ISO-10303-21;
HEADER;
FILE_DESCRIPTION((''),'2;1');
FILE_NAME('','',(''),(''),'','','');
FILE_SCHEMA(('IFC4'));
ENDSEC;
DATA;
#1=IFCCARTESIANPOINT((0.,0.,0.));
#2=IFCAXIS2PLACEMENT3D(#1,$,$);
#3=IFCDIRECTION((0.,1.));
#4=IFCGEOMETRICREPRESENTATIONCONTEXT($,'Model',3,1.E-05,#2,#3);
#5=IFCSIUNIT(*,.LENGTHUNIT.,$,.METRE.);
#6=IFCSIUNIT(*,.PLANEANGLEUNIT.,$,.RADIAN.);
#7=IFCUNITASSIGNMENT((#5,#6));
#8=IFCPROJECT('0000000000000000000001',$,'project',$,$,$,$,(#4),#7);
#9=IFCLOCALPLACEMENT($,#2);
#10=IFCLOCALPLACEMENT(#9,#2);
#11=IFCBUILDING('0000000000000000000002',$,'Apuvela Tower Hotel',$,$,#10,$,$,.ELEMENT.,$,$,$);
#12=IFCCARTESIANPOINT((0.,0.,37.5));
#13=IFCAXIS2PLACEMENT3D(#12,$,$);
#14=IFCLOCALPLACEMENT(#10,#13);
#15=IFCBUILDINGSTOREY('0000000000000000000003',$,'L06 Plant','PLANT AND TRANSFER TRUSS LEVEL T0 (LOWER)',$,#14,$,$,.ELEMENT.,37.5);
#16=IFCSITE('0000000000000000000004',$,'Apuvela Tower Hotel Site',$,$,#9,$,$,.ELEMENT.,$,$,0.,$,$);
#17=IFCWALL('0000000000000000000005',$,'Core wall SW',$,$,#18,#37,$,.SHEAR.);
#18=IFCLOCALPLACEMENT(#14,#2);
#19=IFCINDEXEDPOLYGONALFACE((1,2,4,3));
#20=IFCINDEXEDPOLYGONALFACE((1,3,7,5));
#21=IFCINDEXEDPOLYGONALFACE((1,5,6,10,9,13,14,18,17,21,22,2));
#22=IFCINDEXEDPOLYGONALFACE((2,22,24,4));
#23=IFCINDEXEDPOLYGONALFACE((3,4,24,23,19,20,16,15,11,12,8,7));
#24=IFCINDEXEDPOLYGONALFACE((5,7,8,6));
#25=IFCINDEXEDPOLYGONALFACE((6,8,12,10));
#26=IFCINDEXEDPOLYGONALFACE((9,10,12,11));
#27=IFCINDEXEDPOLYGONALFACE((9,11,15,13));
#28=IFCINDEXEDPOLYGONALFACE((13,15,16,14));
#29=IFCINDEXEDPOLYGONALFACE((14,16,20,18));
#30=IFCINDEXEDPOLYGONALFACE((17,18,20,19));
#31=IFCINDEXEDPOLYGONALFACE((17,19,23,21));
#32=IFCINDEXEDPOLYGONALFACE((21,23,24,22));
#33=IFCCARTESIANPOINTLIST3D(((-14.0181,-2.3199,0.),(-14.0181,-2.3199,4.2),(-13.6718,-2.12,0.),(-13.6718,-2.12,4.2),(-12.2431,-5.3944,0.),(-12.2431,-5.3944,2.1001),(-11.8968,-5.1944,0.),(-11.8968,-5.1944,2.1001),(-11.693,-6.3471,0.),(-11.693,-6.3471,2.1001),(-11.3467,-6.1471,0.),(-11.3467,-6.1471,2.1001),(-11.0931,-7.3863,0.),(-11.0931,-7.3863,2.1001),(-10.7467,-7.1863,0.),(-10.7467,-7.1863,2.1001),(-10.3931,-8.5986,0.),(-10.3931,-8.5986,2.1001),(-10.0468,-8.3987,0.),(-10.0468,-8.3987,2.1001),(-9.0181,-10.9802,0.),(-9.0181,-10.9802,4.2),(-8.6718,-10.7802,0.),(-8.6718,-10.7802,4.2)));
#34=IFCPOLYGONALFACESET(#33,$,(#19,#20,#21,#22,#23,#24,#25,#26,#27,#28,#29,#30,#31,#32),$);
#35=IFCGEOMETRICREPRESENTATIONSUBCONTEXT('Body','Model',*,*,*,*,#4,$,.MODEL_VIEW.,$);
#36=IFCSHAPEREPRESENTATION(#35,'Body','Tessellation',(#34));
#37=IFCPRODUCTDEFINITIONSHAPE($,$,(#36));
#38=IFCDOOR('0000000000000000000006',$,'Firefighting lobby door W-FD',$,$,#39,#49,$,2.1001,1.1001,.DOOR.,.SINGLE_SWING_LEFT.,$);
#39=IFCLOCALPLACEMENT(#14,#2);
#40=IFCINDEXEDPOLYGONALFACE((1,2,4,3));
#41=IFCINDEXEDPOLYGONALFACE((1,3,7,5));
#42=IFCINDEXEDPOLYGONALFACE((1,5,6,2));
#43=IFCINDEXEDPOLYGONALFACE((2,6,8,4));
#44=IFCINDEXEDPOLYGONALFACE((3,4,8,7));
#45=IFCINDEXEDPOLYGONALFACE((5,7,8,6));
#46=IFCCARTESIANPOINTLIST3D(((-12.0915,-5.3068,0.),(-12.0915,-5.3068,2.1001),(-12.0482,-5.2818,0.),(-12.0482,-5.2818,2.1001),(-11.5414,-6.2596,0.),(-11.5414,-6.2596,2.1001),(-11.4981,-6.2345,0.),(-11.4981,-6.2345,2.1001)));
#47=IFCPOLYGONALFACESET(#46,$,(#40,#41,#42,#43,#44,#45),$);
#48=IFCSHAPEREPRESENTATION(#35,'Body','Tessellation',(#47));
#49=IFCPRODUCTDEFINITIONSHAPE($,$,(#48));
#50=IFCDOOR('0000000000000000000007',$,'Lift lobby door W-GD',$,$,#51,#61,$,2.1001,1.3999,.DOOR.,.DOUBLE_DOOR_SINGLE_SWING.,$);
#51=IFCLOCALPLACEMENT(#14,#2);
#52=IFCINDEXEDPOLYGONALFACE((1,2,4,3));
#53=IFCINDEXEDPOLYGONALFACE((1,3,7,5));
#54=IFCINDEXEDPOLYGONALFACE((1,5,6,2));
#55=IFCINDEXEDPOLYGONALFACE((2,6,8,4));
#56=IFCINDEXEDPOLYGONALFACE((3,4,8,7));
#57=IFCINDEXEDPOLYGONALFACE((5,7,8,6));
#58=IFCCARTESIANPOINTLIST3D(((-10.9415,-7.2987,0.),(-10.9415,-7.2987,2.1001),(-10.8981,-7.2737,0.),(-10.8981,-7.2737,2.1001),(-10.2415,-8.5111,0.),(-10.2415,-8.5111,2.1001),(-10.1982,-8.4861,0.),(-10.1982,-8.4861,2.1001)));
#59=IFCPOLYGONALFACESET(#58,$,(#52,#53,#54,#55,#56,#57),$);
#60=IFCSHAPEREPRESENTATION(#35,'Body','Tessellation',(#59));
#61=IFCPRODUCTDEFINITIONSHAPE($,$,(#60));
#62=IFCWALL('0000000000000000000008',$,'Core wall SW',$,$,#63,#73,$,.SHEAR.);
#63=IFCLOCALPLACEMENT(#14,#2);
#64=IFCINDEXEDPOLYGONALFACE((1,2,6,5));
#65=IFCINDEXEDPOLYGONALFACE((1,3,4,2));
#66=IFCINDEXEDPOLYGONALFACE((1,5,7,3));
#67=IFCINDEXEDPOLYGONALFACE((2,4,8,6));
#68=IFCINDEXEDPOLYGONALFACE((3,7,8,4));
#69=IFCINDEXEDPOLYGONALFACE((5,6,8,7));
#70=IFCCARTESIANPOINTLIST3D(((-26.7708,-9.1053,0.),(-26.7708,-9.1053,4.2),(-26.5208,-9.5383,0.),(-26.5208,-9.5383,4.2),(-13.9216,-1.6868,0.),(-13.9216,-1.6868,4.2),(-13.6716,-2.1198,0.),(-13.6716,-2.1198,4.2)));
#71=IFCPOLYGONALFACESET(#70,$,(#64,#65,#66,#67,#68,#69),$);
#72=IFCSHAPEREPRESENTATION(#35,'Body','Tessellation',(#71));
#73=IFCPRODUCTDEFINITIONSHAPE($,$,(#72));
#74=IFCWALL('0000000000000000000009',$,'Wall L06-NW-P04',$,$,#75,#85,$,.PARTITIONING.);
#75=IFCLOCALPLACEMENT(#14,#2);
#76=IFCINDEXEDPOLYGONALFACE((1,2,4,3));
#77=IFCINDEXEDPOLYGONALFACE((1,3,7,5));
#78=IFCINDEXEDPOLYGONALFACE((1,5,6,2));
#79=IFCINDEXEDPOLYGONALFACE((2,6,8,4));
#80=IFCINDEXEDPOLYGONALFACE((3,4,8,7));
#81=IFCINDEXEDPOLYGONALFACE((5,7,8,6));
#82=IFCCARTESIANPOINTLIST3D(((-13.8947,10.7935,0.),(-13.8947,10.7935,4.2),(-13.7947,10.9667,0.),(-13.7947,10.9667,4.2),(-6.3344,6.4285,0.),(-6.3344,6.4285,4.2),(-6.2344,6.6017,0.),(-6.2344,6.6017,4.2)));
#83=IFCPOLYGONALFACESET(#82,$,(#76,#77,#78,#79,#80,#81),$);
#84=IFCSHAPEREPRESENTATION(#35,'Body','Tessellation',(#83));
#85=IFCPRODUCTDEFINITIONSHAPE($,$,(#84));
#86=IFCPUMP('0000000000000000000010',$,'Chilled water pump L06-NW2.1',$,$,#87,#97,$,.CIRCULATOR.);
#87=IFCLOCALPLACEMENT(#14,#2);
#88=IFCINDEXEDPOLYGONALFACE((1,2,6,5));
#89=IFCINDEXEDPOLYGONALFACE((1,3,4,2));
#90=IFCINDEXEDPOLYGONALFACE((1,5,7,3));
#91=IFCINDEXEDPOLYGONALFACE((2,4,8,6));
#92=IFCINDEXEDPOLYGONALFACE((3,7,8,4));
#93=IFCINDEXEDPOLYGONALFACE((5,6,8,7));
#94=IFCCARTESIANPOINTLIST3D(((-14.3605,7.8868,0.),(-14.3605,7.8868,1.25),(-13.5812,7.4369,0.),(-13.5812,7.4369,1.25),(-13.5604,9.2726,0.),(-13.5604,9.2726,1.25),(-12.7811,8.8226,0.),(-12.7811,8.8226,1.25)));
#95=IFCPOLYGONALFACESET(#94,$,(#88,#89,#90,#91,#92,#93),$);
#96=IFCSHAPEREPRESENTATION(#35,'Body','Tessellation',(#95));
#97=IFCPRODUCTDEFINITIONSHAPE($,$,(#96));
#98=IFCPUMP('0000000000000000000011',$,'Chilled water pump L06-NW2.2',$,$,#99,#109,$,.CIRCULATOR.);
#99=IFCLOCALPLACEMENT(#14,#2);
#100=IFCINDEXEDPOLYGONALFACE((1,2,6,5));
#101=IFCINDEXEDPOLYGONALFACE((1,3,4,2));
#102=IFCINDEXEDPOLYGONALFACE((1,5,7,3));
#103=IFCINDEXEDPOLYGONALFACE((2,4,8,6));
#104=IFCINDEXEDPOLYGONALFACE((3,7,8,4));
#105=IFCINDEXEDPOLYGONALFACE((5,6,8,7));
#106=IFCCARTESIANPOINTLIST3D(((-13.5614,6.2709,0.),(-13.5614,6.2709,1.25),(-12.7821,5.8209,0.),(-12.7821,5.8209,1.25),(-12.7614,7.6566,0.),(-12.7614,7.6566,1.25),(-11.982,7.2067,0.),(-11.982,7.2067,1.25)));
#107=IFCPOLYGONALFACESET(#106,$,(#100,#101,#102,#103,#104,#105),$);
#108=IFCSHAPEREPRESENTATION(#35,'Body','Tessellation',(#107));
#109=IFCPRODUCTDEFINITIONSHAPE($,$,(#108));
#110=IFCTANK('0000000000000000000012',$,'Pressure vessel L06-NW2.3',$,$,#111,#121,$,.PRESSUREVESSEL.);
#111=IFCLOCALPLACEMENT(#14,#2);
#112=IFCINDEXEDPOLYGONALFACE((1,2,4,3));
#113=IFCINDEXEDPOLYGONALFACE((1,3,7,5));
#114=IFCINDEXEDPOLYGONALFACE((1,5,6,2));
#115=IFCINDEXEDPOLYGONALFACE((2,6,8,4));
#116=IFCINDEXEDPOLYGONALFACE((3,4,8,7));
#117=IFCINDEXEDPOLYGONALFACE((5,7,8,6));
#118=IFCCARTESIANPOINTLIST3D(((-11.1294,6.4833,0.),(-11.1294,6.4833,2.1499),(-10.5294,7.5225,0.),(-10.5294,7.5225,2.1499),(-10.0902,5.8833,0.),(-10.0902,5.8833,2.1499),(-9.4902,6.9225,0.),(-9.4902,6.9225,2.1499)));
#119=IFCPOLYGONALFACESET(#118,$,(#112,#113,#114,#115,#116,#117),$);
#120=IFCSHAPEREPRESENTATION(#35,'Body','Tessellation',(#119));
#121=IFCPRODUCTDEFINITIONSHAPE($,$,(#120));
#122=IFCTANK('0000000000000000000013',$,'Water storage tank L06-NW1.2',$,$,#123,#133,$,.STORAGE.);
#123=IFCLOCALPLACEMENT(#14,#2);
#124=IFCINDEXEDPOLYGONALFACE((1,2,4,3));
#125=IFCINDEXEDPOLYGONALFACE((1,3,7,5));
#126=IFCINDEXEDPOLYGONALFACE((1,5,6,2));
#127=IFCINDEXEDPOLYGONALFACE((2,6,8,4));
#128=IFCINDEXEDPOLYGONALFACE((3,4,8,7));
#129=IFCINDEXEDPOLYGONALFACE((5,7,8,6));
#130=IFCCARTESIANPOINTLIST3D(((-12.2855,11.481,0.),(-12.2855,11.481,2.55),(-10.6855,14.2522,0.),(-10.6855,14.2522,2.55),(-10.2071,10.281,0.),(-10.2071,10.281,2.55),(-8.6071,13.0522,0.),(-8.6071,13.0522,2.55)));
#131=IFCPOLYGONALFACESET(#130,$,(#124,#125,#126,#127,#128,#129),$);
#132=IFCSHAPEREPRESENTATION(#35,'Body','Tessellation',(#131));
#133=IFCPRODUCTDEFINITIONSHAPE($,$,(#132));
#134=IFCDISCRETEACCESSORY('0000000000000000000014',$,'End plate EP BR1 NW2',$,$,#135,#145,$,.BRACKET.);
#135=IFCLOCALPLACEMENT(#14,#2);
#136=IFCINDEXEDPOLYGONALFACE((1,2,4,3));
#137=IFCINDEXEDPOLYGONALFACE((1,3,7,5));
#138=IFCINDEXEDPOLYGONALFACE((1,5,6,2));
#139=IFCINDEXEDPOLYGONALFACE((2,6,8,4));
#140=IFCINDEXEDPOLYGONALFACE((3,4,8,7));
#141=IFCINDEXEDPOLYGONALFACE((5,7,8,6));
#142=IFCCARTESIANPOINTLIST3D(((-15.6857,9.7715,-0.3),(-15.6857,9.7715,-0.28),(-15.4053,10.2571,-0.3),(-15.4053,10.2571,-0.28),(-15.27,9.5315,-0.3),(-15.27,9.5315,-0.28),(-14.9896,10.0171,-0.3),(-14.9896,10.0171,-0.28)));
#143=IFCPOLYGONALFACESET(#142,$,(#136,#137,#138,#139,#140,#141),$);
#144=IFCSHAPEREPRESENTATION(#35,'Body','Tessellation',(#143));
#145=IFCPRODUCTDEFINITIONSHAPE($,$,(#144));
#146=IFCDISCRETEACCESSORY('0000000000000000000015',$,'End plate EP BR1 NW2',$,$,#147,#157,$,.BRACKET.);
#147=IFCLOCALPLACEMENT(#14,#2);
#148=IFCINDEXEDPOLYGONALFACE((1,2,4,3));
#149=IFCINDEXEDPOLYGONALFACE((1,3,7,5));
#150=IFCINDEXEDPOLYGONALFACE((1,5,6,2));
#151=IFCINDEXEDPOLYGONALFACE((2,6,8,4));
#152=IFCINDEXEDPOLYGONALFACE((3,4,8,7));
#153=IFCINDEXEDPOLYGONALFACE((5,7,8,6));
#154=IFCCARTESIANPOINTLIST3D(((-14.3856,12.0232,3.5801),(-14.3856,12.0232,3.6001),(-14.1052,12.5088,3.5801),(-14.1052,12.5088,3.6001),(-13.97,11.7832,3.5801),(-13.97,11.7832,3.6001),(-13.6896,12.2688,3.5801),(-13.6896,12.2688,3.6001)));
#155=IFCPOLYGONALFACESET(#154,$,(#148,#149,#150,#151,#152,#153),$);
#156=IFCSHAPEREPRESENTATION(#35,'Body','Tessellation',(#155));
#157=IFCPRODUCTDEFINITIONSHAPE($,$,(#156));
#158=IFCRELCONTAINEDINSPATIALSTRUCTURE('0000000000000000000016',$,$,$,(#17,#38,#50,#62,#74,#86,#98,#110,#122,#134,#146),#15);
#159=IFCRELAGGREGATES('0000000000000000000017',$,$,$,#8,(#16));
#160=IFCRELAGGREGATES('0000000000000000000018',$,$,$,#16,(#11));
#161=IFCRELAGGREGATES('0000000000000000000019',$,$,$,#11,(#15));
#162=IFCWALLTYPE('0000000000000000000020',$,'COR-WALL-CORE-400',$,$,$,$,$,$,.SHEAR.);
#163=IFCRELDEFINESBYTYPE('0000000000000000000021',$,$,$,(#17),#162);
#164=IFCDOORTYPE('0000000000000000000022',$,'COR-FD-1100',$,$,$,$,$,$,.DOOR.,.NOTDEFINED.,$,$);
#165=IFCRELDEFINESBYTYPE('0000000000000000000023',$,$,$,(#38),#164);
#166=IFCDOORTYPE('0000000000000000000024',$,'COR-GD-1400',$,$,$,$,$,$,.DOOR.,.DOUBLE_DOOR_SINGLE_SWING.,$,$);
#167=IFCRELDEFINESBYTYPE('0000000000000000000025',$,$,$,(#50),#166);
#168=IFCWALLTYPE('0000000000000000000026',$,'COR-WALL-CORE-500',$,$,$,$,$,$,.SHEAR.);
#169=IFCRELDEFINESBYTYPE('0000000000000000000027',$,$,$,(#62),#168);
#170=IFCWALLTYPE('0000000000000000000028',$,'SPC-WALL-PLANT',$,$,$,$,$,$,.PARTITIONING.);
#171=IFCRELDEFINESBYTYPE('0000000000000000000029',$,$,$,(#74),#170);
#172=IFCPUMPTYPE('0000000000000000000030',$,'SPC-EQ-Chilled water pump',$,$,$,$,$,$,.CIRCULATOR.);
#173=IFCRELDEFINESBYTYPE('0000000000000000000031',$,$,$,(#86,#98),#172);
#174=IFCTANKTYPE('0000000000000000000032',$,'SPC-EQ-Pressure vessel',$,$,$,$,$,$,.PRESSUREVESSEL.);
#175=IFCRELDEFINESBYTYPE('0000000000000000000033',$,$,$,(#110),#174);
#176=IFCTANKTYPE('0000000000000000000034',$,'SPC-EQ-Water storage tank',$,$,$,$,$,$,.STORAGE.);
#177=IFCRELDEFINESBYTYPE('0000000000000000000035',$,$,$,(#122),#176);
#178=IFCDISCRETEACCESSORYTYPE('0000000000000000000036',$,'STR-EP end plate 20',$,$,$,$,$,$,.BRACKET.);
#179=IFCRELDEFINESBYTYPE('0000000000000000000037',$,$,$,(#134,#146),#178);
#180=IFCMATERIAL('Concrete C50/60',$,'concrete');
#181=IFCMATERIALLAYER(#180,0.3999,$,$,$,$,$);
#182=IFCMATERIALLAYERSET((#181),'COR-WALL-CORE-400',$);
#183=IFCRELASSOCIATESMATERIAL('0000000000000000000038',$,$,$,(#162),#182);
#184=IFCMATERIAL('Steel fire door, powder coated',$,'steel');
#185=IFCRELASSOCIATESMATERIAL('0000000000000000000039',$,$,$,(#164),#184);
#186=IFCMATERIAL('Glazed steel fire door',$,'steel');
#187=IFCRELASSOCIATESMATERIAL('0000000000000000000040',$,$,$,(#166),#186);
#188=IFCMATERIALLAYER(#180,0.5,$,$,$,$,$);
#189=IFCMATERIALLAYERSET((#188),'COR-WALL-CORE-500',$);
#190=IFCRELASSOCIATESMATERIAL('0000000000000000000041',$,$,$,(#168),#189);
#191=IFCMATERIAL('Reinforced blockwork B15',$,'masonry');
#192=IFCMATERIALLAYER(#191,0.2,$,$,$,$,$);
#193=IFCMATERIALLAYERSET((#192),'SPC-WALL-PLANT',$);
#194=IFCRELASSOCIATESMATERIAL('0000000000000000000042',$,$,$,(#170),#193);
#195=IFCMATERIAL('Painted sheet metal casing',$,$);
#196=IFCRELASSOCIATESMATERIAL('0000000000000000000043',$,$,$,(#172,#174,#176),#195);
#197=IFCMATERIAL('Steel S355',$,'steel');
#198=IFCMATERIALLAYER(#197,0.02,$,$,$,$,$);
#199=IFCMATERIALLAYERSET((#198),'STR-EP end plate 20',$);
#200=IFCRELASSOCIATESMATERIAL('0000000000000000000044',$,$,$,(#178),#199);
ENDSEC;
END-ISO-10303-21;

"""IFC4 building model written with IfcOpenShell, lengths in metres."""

from ifc_helpers import new_model, si_unit, direction, frame, frame_2d, origin, origin_2d, place, context, subcontext, project, spatial, rectangle, extrude, material, layer, layer_set, type_object, element, fill, save


model = new_model("IFC4")

# Units and contexts
model_context = context("Model", 3, precision=1e-05, world=origin(), true_north=direction((0.0, 1.0)))
body_context = subcontext(model_context, "Body", "Model", "MODEL_VIEW")
ifc_project = project(units=[si_unit("LENGTHUNIT", "METRE"), si_unit("PLANEANGLEUNIT", "RADIAN")], contexts=[model_context])

# Site, building, storey
site_placement = place(None, origin())
site = spatial("IfcSite", under=ifc_project, at=site_placement, Name="Apuvela Tower Hotel Site", CompositionType="ELEMENT", RefElevation=0.0)
building_placement = place(site_placement, origin())
building = spatial("IfcBuilding", under=site, at=building_placement, Name="Apuvela Tower Hotel", CompositionType="ELEMENT")
storey_placement = place(building_placement, frame((0.0, 0.0, 37.5)))
storey = spatial("IfcBuildingStorey", under=building, at=storey_placement, Name="L06 Plant", Description="PLANT AND TRANSFER TRUSS LEVEL T0 (LOWER)", CompositionType="ELEMENT", Elevation=37.5)

# Shared definitions
ifc_material_1 = material(Name="Steel S355", Category="steel")

# Shared definitions
ifc_material_2 = material(Name="Concrete C50/60", Category="concrete")

# Wall, openings, doors
ifc_layer_1 = layer(ifc_material_2, 0.3999)
ifc_layer_set_1 = layer_set([ifc_layer_1], Name="COR-WALL-CORE-400")
wall_type_1 = type_object("IfcWallType", Name="COR-WALL-CORE-400", PredefinedType="SHEAR", material=ifc_layer_set_1)
wall_1_placement = place(storey_placement, frame((-13.845, -2.22, 0.0), z_axis=(0.0, 0.0, 1.0), x_axis=(0.500004, -0.866023, 0.0)))
wall_1 = element("IfcWall", 1, at=wall_1_placement, inside=storey, type_object=wall_type_1, Name="Core wall SW", PredefinedType="SHEAR", context=body_context, shape_type="SweptSolid", body=[
    extrude(rectangle(XDim=10.0, YDim=0.3999, at=frame_2d((5.0, 0.0))), origin(), (0.0, 0.0, 1.0), 4.2),
])
opening_1_placement = place(wall_1_placement, frame((3.55, 0.0, 0.0)))
opening_1 = element("IfcOpeningElement", 2, at=opening_1_placement, cuts=wall_1, PredefinedType="OPENING", context=body_context, shape_type="SweptSolid", body=[
    extrude(rectangle(XDim=1.1001, YDim=2.1001, at=frame_2d((0.55, 1.05))), frame((0.0, 0.21, 0.0), z_axis=(0.0, -1.0, 0.0), x_axis=(1.0, 0.0, 0.0)), (0.0, 0.0, 1.0), 0.4199),
])
opening_2_placement = place(wall_1_placement, frame((5.8501, 0.0, 0.0)))
opening_2 = element("IfcOpeningElement", 3, at=opening_2_placement, cuts=wall_1, PredefinedType="OPENING", context=body_context, shape_type="SweptSolid", body=[
    extrude(rectangle(XDim=1.3999, YDim=2.1001, at=frame_2d((0.7, 1.05))), frame((0.0, 0.21, 0.0), z_axis=(0.0, -1.0, 0.0), x_axis=(1.0, 0.0, 0.0)), (0.0, 0.0, 1.0), 0.4199),
])
ifc_material_3 = material(Name="Steel fire door, powder coated", Category="steel")
door_type_1 = type_object("IfcDoorType", Name="COR-FD-1100", OperationType="NOTDEFINED", PredefinedType="DOOR", material=ifc_material_3)
door_1_placement = place(opening_1_placement, frame((1.1001, 0.0, 0.0), z_axis=(0.0, 0.0, 1.0), x_axis=(-1.0, 0.0, 0.0)))
door_1 = element("IfcDoor", 4, at=door_1_placement, inside=storey, type_object=door_type_1, Name="Firefighting lobby door W-FD", OperationType="SINGLE_SWING_LEFT", OverallHeight=2.1001, OverallWidth=1.1001, PredefinedType="DOOR", context=body_context, shape_type="SweptSolid", body=[
    extrude(rectangle(XDim=1.1001, YDim=2.1001, at=frame_2d((0.55, 1.05))), frame((0.0, 0.0249, 0.0), z_axis=(0.0, -1.0, 0.0), x_axis=(1.0, 0.0, 0.0)), (0.0, 0.0, 1.0), 0.05),
])
fill(opening_1, door_1)
ifc_material_4 = material(Name="Glazed steel fire door", Category="steel")
door_type_2 = type_object("IfcDoorType", Name="COR-GD-1400", OperationType="DOUBLE_DOOR_SINGLE_SWING", PredefinedType="DOOR", material=ifc_material_4)
door_2_placement = place(opening_2_placement, frame((1.3999, 0.0, 0.0), z_axis=(0.0, 0.0, 1.0), x_axis=(-1.0, 0.0, 0.0)))
door_2 = element("IfcDoor", 5, at=door_2_placement, inside=storey, type_object=door_type_2, Name="Lift lobby door W-GD", OperationType="DOUBLE_DOOR_SINGLE_SWING", OverallHeight=2.1001, OverallWidth=1.3999, PredefinedType="DOOR", context=body_context, shape_type="SweptSolid", body=[
    extrude(rectangle(XDim=1.3999, YDim=2.1001, at=frame_2d((0.7, 1.05))), frame((0.0, 0.0249, 0.0), z_axis=(0.0, -1.0, 0.0), x_axis=(1.0, 0.0, 0.0)), (0.0, 0.0, 1.0), 0.05),
])
fill(opening_2, door_2)

# Walls
ifc_layer_2 = layer(ifc_material_2, 0.5)
ifc_layer_set_2 = layer_set([ifc_layer_2], Name="COR-WALL-CORE-500")
wall_type_2 = type_object("IfcWallType", Name="COR-WALL-CORE-500", PredefinedType="SHEAR", material=ifc_layer_set_2)
wall_2_placement = place(storey_placement, frame((-13.7966, -1.9033, 0.0), z_axis=(0.0, 0.0, 1.0), x_axis=(-0.866025, -0.500001, 0.0)))
element("IfcWall", 6, at=wall_2_placement, inside=storey, type_object=wall_type_2, Name="Core wall SW", PredefinedType="SHEAR", context=body_context, shape_type="SweptSolid", body=[
    extrude(rectangle(XDim=14.8369, YDim=0.5, at=frame_2d((7.4185, 0.0))), origin(), (0.0, 0.0, 1.0), 4.2),
])
ifc_material_5 = material(Name="Reinforced blockwork B15", Category="masonry")
ifc_layer_3 = layer(ifc_material_5, 0.2)
ifc_layer_set_3 = layer_set([ifc_layer_3], Name="SPC-WALL-PLANT")
wall_type_3 = type_object("IfcWallType", Name="SPC-WALL-PLANT", PredefinedType="PARTITIONING", material=ifc_layer_set_3)
wall_3_placement = place(storey_placement, frame((-13.8447, 10.8801, 0.0), z_axis=(0.0, 0.0, 1.0), x_axis=(0.866023, -0.500004, 0.0)))
element("IfcWall", 7, at=wall_3_placement, inside=storey, type_object=wall_type_3, Name="Wall L06-NW-P04", PredefinedType="PARTITIONING", context=body_context, shape_type="SweptSolid", body=[
    extrude(rectangle(XDim=8.73, YDim=0.2, at=frame_2d((4.365, 0.0))), origin(), (0.0, 0.0, 1.0), 4.2),
])

# Pumps
ifc_material_6 = material(Name="Painted sheet metal casing")
pump_type = type_object("IfcPumpType", Name="SPC-EQ-Chilled water pump", PredefinedType="CIRCULATOR", material=ifc_material_6)
for number, where, z_axis, x_axis, name in (
    (8, (-13.5708, 8.3547, 0.0), (0.0, 0.0, 1.0), (-0.5, -0.866025, 0.0), "Chilled water pump L06-NW2.1"),
    (9, (-12.7717, 6.7388, 0.0), (0.0, 0.0, 1.0), (-0.5, -0.866025, 0.0), "Chilled water pump L06-NW2.2"),
):
    element("IfcPump", number, at=place(storey_placement, frame(where, z_axis=z_axis, x_axis=x_axis)), inside=storey, type_object=pump_type, Name=name, PredefinedType="CIRCULATOR", context=body_context, shape_type="SweptSolid", body=[
        extrude(rectangle(XDim=1.6001, YDim=0.8999, at=origin_2d()), origin(), (0.0, 0.0, 1.0), 1.25),
    ])

# Tanks
tank_type_1 = type_object("IfcTankType", Name="SPC-EQ-Pressure vessel", PredefinedType="PRESSUREVESSEL", material=ifc_material_6)
tank_1_placement = place(storey_placement, frame((-10.3098, 6.7029, 0.0), z_axis=(0.0, 0.0, 1.0), x_axis=(-0.5, -0.866025, 0.0)))
element("IfcTank", 10, at=tank_1_placement, inside=storey, type_object=tank_type_1, Name="Pressure vessel L06-NW2.3", PredefinedType="PRESSUREVESSEL", context=body_context, shape_type="SweptSolid", body=[
    extrude(rectangle(XDim=1.2, YDim=1.2, at=origin_2d()), origin(), (0.0, 0.0, 1.0), 2.1499),
])
tank_type_2 = type_object("IfcTankType", Name="SPC-EQ-Water storage tank", PredefinedType="STORAGE", material=ifc_material_6)
tank_2_placement = place(storey_placement, frame((-10.4463, 12.2666, 0.0), z_axis=(0.0, 0.0, 1.0), x_axis=(-0.5, -0.866025, 0.0)))
element("IfcTank", 11, at=tank_2_placement, inside=storey, type_object=tank_type_2, Name="Water storage tank L06-NW1.2", PredefinedType="STORAGE", context=body_context, shape_type="SweptSolid", body=[
    extrude(rectangle(XDim=3.2, YDim=2.3999, at=origin_2d()), origin(), (0.0, 0.0, 1.0), 2.55),
])

# Discrete accessories
ifc_layer_4 = layer(ifc_material_1, 0.02)
ifc_layer_set_4 = layer_set([ifc_layer_4], Name="STR-EP end plate 20")
discrete_accessory_type = type_object("IfcDiscreteAccessoryType", Name="STR-EP end plate 20", PredefinedType="BRACKET", material=ifc_layer_set_4)
for number, where, z_axis, x_axis, name in (
    (12, (-15.3376, 9.8943, -0.3), (0.0, 0.0, 1.0), (0.5, 0.866025, 0.0), "End plate EP BR1 NW2"),
    (13, (-14.0376, 12.146, 3.5801), (0.0, 0.0, 1.0), (0.5, 0.866025, 0.0), "End plate EP BR1 NW2"),
):
    element("IfcDiscreteAccessory", number, at=place(storey_placement, frame(where, z_axis=z_axis, x_axis=x_axis)), inside=storey, type_object=discrete_accessory_type, Name=name, PredefinedType="BRACKET", context=body_context, shape_type="SweptSolid", body=[
        extrude(rectangle(XDim=0.5608, YDim=0.48, at=origin_2d()), origin(), (0.0, 0.0, 1.0), 0.02),
    ])

save(model, "model.ifc")
